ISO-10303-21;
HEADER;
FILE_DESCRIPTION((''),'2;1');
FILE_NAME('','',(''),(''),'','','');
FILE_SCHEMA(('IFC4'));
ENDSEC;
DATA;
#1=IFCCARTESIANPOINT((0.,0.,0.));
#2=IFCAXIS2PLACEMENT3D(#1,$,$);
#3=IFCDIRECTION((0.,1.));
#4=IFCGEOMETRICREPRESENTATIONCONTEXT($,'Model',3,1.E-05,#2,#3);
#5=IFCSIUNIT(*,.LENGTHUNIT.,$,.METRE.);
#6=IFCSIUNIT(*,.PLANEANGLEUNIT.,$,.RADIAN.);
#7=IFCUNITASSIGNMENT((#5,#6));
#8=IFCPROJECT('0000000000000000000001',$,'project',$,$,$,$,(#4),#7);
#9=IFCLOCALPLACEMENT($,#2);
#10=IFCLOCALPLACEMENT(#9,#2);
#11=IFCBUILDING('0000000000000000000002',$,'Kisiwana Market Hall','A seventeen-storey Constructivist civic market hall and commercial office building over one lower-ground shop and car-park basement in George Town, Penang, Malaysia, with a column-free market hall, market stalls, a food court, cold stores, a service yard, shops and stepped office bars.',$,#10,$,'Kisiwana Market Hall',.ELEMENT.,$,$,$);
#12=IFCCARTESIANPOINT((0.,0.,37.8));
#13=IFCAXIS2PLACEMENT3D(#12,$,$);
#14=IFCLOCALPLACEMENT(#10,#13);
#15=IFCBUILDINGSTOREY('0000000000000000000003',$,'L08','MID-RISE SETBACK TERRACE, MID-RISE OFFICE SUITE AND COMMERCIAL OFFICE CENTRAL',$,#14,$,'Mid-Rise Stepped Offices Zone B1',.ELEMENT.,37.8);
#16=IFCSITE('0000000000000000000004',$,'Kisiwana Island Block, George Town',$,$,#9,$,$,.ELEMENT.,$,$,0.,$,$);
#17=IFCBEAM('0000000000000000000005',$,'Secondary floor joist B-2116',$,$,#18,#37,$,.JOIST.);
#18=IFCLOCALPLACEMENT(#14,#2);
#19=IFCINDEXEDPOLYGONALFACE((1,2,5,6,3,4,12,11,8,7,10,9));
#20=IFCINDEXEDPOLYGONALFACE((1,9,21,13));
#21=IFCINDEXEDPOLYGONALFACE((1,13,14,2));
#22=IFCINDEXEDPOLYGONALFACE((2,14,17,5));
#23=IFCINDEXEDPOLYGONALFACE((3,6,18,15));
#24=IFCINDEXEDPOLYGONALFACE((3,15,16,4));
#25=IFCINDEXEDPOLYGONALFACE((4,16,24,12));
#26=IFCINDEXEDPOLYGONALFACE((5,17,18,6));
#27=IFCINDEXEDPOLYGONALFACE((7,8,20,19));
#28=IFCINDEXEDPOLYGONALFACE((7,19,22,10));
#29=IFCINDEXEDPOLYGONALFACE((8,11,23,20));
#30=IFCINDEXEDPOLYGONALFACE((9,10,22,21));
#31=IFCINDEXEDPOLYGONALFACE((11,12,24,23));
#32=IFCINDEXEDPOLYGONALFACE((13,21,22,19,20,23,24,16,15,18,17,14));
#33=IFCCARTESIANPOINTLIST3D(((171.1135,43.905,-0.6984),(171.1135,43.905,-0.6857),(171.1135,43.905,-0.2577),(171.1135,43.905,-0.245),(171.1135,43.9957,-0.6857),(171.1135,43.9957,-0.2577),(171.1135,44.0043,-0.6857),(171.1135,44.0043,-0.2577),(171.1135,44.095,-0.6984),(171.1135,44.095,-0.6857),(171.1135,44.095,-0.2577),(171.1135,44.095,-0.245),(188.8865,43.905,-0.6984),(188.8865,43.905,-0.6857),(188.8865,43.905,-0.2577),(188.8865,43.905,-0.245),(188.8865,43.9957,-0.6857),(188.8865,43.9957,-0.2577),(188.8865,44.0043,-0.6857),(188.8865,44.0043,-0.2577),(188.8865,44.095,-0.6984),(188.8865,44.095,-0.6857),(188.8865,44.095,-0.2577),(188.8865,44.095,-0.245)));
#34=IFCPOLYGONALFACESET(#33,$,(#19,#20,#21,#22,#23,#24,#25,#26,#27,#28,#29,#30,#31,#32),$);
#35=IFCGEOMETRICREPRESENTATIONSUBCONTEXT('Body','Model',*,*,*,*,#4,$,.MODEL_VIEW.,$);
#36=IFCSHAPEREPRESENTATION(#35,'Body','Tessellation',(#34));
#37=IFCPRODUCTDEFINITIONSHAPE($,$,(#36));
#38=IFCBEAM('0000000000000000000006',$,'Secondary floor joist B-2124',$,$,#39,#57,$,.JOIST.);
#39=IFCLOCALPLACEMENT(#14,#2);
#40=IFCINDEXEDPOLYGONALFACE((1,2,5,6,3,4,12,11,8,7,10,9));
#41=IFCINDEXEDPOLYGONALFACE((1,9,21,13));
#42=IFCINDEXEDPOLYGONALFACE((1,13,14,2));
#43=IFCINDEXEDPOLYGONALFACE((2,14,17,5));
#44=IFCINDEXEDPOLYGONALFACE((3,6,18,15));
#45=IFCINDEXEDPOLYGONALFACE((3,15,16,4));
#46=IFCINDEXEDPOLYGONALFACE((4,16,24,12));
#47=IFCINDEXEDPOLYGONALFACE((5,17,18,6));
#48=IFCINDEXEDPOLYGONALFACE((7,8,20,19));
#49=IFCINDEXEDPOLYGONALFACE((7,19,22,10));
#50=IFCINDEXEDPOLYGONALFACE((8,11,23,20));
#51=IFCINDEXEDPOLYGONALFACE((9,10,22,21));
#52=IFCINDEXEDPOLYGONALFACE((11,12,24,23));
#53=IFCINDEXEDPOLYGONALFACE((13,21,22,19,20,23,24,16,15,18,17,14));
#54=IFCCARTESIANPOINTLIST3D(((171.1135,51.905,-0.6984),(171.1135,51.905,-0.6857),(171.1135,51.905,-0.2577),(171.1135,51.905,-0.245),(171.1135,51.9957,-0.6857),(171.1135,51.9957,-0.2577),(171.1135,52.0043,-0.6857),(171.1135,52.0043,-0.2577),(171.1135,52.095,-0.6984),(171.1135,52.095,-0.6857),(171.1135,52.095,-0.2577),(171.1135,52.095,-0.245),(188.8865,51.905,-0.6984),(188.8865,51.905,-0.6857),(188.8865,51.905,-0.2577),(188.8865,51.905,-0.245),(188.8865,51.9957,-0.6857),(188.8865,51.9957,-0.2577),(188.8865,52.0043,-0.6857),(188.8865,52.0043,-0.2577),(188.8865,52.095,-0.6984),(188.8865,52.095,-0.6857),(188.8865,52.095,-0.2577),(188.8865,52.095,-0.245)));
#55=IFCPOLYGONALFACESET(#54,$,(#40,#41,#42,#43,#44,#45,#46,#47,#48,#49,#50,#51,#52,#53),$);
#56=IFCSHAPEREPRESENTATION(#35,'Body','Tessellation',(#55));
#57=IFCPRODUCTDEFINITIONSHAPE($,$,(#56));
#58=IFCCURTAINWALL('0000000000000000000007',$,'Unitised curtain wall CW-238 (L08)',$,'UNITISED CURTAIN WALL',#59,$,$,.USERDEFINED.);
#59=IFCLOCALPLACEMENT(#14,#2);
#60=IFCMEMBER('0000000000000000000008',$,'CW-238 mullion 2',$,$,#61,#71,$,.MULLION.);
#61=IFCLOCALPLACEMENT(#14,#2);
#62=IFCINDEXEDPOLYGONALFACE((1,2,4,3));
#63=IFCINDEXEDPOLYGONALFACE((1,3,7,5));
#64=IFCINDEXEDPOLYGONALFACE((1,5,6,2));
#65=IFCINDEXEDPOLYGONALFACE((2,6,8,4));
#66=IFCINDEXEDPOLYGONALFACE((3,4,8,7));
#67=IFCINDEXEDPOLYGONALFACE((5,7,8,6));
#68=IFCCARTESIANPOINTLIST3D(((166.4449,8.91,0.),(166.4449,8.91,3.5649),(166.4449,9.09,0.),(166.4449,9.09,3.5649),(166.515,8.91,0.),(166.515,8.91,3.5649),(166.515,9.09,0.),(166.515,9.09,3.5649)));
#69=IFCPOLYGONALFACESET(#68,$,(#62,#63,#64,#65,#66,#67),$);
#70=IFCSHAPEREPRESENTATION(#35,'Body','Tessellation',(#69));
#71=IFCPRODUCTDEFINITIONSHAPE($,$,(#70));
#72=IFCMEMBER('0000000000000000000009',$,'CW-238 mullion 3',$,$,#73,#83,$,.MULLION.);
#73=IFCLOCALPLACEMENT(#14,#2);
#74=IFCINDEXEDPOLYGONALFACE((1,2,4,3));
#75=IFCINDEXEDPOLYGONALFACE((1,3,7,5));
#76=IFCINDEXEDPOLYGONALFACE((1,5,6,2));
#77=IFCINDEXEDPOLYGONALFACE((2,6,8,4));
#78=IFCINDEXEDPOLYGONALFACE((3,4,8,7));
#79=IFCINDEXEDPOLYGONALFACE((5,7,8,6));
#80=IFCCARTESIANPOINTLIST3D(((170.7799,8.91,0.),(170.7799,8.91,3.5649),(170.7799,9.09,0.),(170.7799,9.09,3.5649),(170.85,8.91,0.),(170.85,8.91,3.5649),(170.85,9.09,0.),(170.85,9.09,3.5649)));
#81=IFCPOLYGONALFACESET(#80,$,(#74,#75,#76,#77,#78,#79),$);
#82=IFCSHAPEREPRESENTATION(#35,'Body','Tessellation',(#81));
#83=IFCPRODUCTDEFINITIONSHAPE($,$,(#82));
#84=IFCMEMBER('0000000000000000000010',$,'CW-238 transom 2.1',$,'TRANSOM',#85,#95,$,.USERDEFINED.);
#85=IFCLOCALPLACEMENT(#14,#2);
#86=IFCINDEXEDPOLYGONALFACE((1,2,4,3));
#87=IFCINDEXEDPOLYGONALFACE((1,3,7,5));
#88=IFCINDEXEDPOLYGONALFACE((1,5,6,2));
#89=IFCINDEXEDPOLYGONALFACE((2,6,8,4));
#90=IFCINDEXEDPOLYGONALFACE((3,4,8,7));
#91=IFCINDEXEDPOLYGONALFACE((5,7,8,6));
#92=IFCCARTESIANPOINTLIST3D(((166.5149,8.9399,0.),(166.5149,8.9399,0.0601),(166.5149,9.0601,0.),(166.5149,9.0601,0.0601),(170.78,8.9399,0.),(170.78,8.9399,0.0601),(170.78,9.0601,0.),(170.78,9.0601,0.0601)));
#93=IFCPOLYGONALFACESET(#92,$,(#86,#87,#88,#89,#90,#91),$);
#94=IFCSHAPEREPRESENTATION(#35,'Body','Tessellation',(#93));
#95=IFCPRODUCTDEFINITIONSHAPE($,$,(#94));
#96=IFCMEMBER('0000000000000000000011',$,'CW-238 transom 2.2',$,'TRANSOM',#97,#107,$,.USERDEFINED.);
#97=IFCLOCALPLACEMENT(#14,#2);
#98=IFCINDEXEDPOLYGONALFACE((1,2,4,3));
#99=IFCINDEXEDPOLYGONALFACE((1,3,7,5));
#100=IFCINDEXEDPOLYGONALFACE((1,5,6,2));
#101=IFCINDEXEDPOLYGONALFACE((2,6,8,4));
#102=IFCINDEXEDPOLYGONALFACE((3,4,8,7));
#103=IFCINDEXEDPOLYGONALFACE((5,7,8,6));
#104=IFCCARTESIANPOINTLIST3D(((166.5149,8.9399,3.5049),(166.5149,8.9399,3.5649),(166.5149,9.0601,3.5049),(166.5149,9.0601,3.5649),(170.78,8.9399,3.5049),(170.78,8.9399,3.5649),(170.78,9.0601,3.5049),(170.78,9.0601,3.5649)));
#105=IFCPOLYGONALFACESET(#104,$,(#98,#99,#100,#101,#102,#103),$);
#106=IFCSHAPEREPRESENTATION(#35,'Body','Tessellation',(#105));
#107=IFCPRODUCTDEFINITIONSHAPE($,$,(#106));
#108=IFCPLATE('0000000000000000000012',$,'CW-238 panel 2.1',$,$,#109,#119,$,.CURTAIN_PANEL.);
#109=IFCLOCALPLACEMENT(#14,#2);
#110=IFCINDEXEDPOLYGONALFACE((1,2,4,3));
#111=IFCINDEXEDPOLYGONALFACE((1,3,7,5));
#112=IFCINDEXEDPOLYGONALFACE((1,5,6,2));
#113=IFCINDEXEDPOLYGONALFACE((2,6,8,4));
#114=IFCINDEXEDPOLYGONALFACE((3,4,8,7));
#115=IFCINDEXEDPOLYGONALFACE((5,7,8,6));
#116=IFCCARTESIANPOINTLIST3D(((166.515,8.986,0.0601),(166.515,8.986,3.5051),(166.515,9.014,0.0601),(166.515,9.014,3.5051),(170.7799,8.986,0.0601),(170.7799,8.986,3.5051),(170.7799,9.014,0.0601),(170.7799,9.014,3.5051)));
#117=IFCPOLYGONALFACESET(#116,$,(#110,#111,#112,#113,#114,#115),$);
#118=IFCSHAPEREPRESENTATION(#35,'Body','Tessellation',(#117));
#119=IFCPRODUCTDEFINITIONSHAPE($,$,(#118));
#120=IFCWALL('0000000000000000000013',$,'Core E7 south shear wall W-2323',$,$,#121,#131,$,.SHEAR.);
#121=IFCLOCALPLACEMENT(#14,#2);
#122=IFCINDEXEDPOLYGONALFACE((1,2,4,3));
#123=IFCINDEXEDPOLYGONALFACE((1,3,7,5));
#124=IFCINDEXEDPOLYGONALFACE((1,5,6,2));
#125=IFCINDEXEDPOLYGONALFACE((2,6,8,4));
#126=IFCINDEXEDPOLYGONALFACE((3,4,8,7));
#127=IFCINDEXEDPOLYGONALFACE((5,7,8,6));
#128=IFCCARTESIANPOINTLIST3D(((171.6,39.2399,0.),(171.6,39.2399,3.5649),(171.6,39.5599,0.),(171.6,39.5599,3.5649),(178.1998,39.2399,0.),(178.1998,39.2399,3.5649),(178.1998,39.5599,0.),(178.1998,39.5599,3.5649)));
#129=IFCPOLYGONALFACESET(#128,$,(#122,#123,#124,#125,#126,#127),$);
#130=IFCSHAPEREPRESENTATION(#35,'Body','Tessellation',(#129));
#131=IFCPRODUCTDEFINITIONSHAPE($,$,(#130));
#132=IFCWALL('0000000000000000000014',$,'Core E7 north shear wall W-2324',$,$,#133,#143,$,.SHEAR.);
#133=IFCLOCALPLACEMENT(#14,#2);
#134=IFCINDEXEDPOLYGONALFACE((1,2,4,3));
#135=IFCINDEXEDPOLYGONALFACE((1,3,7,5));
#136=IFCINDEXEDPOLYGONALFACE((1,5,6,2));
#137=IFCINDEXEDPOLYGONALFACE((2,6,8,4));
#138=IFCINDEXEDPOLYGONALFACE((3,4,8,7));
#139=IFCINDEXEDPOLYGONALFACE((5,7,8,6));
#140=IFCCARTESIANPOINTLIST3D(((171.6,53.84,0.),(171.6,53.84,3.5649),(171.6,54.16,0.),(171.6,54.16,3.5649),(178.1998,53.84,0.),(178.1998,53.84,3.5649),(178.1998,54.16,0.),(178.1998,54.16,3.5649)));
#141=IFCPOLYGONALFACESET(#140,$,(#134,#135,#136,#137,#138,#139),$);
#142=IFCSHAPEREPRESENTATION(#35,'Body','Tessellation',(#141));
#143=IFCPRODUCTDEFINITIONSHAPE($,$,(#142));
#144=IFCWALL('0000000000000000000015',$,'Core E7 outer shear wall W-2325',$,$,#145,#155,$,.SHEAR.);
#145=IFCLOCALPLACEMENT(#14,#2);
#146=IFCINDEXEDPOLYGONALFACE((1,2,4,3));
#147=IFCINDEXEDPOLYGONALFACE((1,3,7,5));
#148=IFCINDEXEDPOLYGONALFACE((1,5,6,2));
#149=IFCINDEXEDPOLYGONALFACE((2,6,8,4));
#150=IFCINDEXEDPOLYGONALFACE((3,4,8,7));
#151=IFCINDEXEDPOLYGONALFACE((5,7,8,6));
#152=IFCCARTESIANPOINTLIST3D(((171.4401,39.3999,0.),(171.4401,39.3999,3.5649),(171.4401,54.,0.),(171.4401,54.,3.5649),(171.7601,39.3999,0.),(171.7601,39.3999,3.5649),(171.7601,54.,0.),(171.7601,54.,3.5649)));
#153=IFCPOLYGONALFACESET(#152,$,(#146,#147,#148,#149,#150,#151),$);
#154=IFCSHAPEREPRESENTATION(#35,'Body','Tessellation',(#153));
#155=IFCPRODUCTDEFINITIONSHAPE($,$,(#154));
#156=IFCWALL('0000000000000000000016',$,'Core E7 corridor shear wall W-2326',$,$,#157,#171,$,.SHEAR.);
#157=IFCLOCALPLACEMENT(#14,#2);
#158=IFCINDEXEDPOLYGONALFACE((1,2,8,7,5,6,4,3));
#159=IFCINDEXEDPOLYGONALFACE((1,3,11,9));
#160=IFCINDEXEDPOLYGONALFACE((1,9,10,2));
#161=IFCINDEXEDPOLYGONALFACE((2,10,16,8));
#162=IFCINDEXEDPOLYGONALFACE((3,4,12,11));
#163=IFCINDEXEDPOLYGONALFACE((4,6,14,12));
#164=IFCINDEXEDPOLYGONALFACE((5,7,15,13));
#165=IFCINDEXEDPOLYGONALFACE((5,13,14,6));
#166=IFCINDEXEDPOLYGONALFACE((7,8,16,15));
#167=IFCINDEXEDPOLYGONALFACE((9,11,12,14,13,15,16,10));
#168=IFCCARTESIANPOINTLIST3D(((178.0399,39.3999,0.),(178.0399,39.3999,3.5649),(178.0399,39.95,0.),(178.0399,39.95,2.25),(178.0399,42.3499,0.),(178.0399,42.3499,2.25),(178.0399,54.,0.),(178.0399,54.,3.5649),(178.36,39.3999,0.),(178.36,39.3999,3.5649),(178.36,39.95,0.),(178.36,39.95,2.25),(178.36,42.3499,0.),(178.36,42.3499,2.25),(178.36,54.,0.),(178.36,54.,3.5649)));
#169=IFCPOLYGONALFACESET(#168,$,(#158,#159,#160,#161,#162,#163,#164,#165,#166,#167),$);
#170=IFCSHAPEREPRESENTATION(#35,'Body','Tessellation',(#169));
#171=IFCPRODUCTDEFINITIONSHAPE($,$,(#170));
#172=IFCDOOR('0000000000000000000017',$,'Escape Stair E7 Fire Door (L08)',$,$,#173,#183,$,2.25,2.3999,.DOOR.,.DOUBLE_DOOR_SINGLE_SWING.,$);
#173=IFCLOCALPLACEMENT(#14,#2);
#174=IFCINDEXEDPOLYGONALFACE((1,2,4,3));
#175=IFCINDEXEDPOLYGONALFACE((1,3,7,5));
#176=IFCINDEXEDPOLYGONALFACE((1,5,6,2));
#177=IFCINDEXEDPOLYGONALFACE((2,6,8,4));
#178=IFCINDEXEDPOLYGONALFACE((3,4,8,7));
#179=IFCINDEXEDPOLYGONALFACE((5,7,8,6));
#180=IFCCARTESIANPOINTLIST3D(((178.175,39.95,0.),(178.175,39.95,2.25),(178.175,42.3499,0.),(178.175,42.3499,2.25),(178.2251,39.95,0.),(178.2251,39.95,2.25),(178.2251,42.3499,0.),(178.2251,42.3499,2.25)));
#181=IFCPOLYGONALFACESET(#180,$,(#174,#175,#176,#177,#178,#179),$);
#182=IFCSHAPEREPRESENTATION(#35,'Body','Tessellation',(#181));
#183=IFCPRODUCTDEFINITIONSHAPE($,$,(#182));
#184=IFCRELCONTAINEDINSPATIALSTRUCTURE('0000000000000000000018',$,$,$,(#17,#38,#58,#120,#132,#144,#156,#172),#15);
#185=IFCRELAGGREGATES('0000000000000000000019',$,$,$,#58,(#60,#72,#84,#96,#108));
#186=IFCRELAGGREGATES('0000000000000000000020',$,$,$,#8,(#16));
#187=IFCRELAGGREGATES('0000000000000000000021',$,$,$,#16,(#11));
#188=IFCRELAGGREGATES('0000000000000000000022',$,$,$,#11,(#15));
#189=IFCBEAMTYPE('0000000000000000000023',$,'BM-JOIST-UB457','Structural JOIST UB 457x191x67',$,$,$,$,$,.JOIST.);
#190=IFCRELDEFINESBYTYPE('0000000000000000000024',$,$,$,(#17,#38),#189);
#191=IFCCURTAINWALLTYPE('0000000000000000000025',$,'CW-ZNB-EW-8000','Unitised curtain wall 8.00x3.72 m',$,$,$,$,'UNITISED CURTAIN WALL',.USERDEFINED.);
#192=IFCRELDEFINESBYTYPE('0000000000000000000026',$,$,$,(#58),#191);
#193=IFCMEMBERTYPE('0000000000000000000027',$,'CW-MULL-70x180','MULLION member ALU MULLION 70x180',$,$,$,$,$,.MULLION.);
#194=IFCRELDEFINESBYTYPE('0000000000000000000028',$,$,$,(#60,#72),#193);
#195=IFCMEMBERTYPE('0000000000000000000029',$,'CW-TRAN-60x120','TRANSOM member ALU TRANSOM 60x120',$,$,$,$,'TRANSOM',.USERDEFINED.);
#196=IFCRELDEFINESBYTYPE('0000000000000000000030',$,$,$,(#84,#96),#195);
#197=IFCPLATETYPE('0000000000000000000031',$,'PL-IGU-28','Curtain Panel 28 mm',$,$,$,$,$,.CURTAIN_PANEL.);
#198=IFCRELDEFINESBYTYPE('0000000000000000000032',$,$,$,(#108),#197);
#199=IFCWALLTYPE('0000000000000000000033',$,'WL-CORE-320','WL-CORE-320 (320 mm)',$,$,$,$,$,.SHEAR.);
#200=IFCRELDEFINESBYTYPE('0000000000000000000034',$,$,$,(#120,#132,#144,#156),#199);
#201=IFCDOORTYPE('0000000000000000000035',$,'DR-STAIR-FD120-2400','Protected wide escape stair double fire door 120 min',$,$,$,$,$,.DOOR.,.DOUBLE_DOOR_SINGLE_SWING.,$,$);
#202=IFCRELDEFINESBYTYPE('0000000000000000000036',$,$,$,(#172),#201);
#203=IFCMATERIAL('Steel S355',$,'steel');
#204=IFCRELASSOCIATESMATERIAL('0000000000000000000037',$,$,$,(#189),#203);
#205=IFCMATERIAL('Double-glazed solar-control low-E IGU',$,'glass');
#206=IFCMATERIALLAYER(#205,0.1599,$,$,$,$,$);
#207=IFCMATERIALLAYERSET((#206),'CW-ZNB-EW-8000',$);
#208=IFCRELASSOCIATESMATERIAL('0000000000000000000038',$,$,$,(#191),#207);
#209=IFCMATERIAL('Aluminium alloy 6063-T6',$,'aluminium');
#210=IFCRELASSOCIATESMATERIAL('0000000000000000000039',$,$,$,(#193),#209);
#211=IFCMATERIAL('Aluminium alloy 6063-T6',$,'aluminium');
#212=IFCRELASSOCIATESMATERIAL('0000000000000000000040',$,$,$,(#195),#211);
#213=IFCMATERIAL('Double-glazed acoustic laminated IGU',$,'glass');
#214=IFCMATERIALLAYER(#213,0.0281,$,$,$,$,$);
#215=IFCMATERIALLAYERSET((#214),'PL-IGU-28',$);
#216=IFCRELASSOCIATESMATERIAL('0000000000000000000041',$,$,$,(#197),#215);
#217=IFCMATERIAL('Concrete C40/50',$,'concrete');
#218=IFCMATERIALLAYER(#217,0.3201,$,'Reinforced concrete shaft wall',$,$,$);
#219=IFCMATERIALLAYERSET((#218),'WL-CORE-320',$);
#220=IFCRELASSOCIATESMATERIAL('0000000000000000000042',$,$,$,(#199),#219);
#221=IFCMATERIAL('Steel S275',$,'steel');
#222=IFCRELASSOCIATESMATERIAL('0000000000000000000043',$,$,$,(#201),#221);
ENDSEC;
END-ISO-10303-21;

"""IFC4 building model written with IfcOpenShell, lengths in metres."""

from ifc_helpers import new_model, si_unit, direction, frame, frame_2d, origin, origin_2d, place, context, subcontext, project, spatial, rectangle, i_section, extrude, material, layer, layer_set, material_profile, profile_set, type_object, element, fill, aggregate, save


model = new_model("IFC4")

# Units and contexts
model_context = context("Model", 3, precision=1e-05, world=origin(), true_north=direction((0.0, 1.0)))
body_context = subcontext(model_context, "Body", "Model", "MODEL_VIEW")
ifc_project = project(units=[si_unit("LENGTHUNIT", "METRE"), si_unit("PLANEANGLEUNIT", "RADIAN")], contexts=[model_context])

# Site, building, storey
site_placement = place(None, origin())
site = spatial("IfcSite", under=ifc_project, at=site_placement, Name="Kisiwana Island Block, George Town", CompositionType="ELEMENT", RefElevation=0.0)
building_placement = place(site_placement, origin())
building = spatial("IfcBuilding", under=site, at=building_placement, Name="Kisiwana Market Hall", Description="A seventeen-storey Constructivist civic market hall and commercial office building over one lower-ground shop and car-park basement in George Town, Penang, Malaysia, with a column-free market hall, market stalls, a food court, cold stores, a service yard, shops and stepped office bars.", LongName="Kisiwana Market Hall", CompositionType="ELEMENT")
storey_placement = place(building_placement, frame((0.0, 0.0, 37.8)))
storey = spatial("IfcBuildingStorey", under=building, at=storey_placement, Name="L08", Description="MID-RISE SETBACK TERRACE, MID-RISE OFFICE SUITE AND COMMERCIAL OFFICE CENTRAL", LongName="Mid-Rise Stepped Offices Zone B1", CompositionType="ELEMENT", Elevation=37.8)

# Beams
ifc_material_1 = material(Name="Steel S355", Category="steel")
ifc_material_profile_1 = material_profile(ifc_material_1, i_section(OverallWidth=0.1899, OverallDepth=0.4534, WebThickness=0.0085, FlangeThickness=0.0127, at=origin_2d()), Name="UB 457x191x67")
ifc_profile_set_1 = profile_set([ifc_material_profile_1], Name="Steel S355")
beam_type_1 = type_object("IfcBeamType", Name="BM-JOIST-UB457", Description="Structural JOIST UB 457x191x67", PredefinedType="JOIST", material=ifc_profile_set_1)
for number, where, z_axis, x_axis, name in (
    (1, (171.1135, 44.0, -0.4717), (1.0, 0.0, 0.0), (0.0, 1.0, 0.0), "Secondary floor joist B-2116"),
    (2, (171.1135, 52.0, -0.4717), (1.0, 0.0, 0.0), (0.0, 1.0, 0.0), "Secondary floor joist B-2124"),
):
    element("IfcBeam", number, at=place(storey_placement, frame(where, z_axis=z_axis, x_axis=x_axis)), inside=storey, type_object=beam_type_1, Name=name, PredefinedType="JOIST", context=body_context, shape_type="SweptSolid", body=[
        extrude(i_section(OverallWidth=0.1899, OverallDepth=0.4534, WebThickness=0.0085, FlangeThickness=0.0127, at=origin_2d()), origin(), (0.0, 0.0, 1.0), 17.7729),
    ])

# Curtain wall, members, plate
ifc_material_2 = material(Name="Double-glazed solar-control low-E IGU", Category="glass")
ifc_layer_1 = layer(ifc_material_2, 0.1599)
ifc_layer_set_1 = layer_set([ifc_layer_1], Name="CW-ZNB-EW-8000")
curtain_wall_type = type_object("IfcCurtainWallType", Name="CW-ZNB-EW-8000", Description="Unitised curtain wall 8.00x3.72 m", ElementType="UNITISED CURTAIN WALL", PredefinedType="USERDEFINED", material=ifc_layer_set_1)
curtain_wall_placement = place(storey_placement, origin())
curtain_wall = element("IfcCurtainWall", 3, at=curtain_wall_placement, inside=storey, type_object=curtain_wall_type, Name="Unitised curtain wall CW-238 (L08)", ObjectType="UNITISED CURTAIN WALL", PredefinedType="USERDEFINED")
ifc_material_3 = material(Name="Aluminium alloy 6063-T6", Category="aluminium")
ifc_material_profile_2 = material_profile(ifc_material_3, rectangle(XDim=0.0701, YDim=0.1799, at=origin_2d()), Name="ALU MULLION 70x180")
ifc_profile_set_2 = profile_set([ifc_material_profile_2], Name="Aluminium alloy 6063-T6")
member_type_1 = type_object("IfcMemberType", Name="CW-MULL-70x180", Description="MULLION member ALU MULLION 70x180", PredefinedType="MULLION", material=ifc_profile_set_2)
member_1_placement = place(storey_placement, frame((166.48, 9.0, 0.0), z_axis=(0.0, 0.0, 1.0), x_axis=(1.0, 0.0, 0.0)))
member_1 = element("IfcMember", 4, at=member_1_placement, type_object=member_type_1, Name="CW-238 mullion 2", PredefinedType="MULLION", context=body_context, shape_type="SweptSolid", body=[
    extrude(rectangle(XDim=0.0701, YDim=0.1799, at=origin_2d()), origin(), (0.0, 0.0, 1.0), 3.5649),
])
member_2_placement = place(storey_placement, frame((170.8149, 9.0, 0.0), z_axis=(0.0, 0.0, 1.0), x_axis=(1.0, 0.0, 0.0)))
member_2 = element("IfcMember", 5, at=member_2_placement, type_object=member_type_1, Name="CW-238 mullion 3", PredefinedType="MULLION", context=body_context, shape_type="SweptSolid", body=[
    extrude(rectangle(XDim=0.0701, YDim=0.1799, at=origin_2d()), origin(), (0.0, 0.0, 1.0), 3.5649),
])
ifc_material_4 = material(Name="Aluminium alloy 6063-T6", Category="aluminium")
ifc_material_profile_3 = material_profile(ifc_material_4, rectangle(XDim=0.1201, YDim=0.0601, at=origin_2d()), Name="ALU TRANSOM 60x120")
ifc_profile_set_3 = profile_set([ifc_material_profile_3], Name="Aluminium alloy 6063-T6")
member_type_2 = type_object("IfcMemberType", Name="CW-TRAN-60x120", Description="TRANSOM member ALU TRANSOM 60x120", ElementType="TRANSOM", PredefinedType="USERDEFINED", material=ifc_profile_set_3)
member_3_placement = place(storey_placement, frame((166.5149, 9.0, 0.03), z_axis=(1.0, 0.0, 0.0), x_axis=(0.0, 1.0, 0.0)))
member_3 = element("IfcMember", 6, at=member_3_placement, type_object=member_type_2, Name="CW-238 transom 2.1", ObjectType="TRANSOM", PredefinedType="USERDEFINED", context=body_context, shape_type="SweptSolid", body=[
    extrude(rectangle(XDim=0.1201, YDim=0.0601, at=origin_2d()), origin(), (0.0, 0.0, 1.0), 4.2651),
])
member_4_placement = place(storey_placement, frame((166.5149, 9.0, 3.5349), z_axis=(1.0, 0.0, 0.0), x_axis=(0.0, 1.0, 0.0)))
member_4 = element("IfcMember", 7, at=member_4_placement, type_object=member_type_2, Name="CW-238 transom 2.2", ObjectType="TRANSOM", PredefinedType="USERDEFINED", context=body_context, shape_type="SweptSolid", body=[
    extrude(rectangle(XDim=0.1201, YDim=0.0601, at=origin_2d()), origin(), (0.0, 0.0, 1.0), 4.2651),
])
ifc_material_5 = material(Name="Double-glazed acoustic laminated IGU", Category="glass")
ifc_layer_2 = layer(ifc_material_5, 0.0281)
ifc_layer_set_2 = layer_set([ifc_layer_2], Name="PL-IGU-28")
plate_type = type_object("IfcPlateType", Name="PL-IGU-28", Description="Curtain Panel 28 mm", PredefinedType="CURTAIN_PANEL", material=ifc_layer_set_2)
plate_placement = place(storey_placement, frame((168.6475, 9.0, 0.0601), z_axis=(0.0, 0.0, 1.0), x_axis=(1.0, 0.0, 0.0)))
plate = element("IfcPlate", 8, at=plate_placement, type_object=plate_type, Name="CW-238 panel 2.1", PredefinedType="CURTAIN_PANEL", context=body_context, shape_type="SweptSolid", body=[
    extrude(rectangle(XDim=4.2649, YDim=0.0281, at=origin_2d()), origin(), (0.0, 0.0, 1.0), 3.4451),
])
aggregate(curtain_wall, [member_1, member_2, member_3, member_4, plate])

# Walls
ifc_material_6 = material(Name="Concrete C40/50", Category="concrete")
ifc_layer_3 = layer(ifc_material_6, 0.3201, Name="Reinforced concrete shaft wall")
ifc_layer_set_3 = layer_set([ifc_layer_3], Name="WL-CORE-320")
wall_type_1 = type_object("IfcWallType", Name="WL-CORE-320", Description="WL-CORE-320 (320 mm)", PredefinedType="SHEAR", material=ifc_layer_set_3)
for number, where, z_axis, x_axis, name in (
    (9, (171.6001, 39.3999, 0.0), (0.0, 0.0, 1.0), (1.0, 0.0, 0.0), "Core E7 south shear wall W-2323"),
    (10, (171.6001, 54.0, 0.0), (0.0, 0.0, 1.0), (1.0, 0.0, 0.0), "Core E7 north shear wall W-2324"),
):
    element("IfcWall", number, at=place(storey_placement, frame(where, z_axis=z_axis, x_axis=x_axis)), inside=storey, type_object=wall_type_1, Name=name, PredefinedType="SHEAR", context=body_context, shape_type="SweptSolid", body=[
        extrude(rectangle(XDim=6.5999, YDim=0.3201, at=frame_2d((3.2998, 0.0))), origin(), (0.0, 0.0, 1.0), 3.5649),
    ])
wall_1_placement = place(storey_placement, frame((171.6001, 39.3999, 0.0), z_axis=(0.0, 0.0, 1.0), x_axis=(0.0, 1.0, 0.0)))
element("IfcWall", 11, at=wall_1_placement, inside=storey, type_object=wall_type_1, Name="Core E7 outer shear wall W-2325", PredefinedType="SHEAR", context=body_context, shape_type="SweptSolid", body=[
    extrude(rectangle(XDim=14.6001, YDim=0.3201, at=frame_2d((7.3, 0.0))), origin(), (0.0, 0.0, 1.0), 3.5649),
])

# Wall, opening, door
wall_2_placement = place(storey_placement, frame((178.2, 39.3999, 0.0), z_axis=(0.0, 0.0, 1.0), x_axis=(0.0, 1.0, 0.0)))
wall_2 = element("IfcWall", 12, at=wall_2_placement, inside=storey, type_object=wall_type_1, Name="Core E7 corridor shear wall W-2326", PredefinedType="SHEAR", context=body_context, shape_type="SweptSolid", body=[
    extrude(rectangle(XDim=14.6001, YDim=0.3201, at=frame_2d((7.3, 0.0))), origin(), (0.0, 0.0, 1.0), 3.5649),
])
opening_1_placement = place(wall_2_placement, frame((0.55, 0.0, 0.0)))
opening_1 = element("IfcOpeningElement", 13, at=opening_1_placement, cuts=wall_2, PredefinedType="OPENING", context=body_context, shape_type="SweptSolid", body=[
    extrude(rectangle(XDim=2.3999, YDim=2.25, at=frame_2d((1.2, 1.125))), frame((0.0, 0.1719, 0.0), z_axis=(0.0, -1.0, 0.0), x_axis=(1.0, 0.0, 0.0)), (0.0, 0.0, 1.0), 0.344),
])
ifc_material_7 = material(Name="Steel S275", Category="steel")
door_type = type_object("IfcDoorType", Name="DR-STAIR-FD120-2400", Description="Protected wide escape stair double fire door 120 min", OperationType="DOUBLE_DOOR_SINGLE_SWING", PredefinedType="DOOR", material=ifc_material_7)
door_placement = place(opening_1_placement, origin())
door = element("IfcDoor", 14, at=door_placement, inside=storey, type_object=door_type, Name="Escape Stair E7 Fire Door (L08)", OperationType="DOUBLE_DOOR_SINGLE_SWING", OverallHeight=2.25, OverallWidth=2.3999, PredefinedType="DOOR", context=body_context, shape_type="SweptSolid", body=[
    extrude(rectangle(XDim=2.3999, YDim=2.25, at=frame_2d((1.2, 1.125))), frame((0.0, 0.0249, 0.0), z_axis=(0.0, -1.0, 0.0), x_axis=(1.0, 0.0, 0.0)), (0.0, 0.0, 1.0), 0.05),
])
fill(opening_1, door)

save(model, "model.ifc")
